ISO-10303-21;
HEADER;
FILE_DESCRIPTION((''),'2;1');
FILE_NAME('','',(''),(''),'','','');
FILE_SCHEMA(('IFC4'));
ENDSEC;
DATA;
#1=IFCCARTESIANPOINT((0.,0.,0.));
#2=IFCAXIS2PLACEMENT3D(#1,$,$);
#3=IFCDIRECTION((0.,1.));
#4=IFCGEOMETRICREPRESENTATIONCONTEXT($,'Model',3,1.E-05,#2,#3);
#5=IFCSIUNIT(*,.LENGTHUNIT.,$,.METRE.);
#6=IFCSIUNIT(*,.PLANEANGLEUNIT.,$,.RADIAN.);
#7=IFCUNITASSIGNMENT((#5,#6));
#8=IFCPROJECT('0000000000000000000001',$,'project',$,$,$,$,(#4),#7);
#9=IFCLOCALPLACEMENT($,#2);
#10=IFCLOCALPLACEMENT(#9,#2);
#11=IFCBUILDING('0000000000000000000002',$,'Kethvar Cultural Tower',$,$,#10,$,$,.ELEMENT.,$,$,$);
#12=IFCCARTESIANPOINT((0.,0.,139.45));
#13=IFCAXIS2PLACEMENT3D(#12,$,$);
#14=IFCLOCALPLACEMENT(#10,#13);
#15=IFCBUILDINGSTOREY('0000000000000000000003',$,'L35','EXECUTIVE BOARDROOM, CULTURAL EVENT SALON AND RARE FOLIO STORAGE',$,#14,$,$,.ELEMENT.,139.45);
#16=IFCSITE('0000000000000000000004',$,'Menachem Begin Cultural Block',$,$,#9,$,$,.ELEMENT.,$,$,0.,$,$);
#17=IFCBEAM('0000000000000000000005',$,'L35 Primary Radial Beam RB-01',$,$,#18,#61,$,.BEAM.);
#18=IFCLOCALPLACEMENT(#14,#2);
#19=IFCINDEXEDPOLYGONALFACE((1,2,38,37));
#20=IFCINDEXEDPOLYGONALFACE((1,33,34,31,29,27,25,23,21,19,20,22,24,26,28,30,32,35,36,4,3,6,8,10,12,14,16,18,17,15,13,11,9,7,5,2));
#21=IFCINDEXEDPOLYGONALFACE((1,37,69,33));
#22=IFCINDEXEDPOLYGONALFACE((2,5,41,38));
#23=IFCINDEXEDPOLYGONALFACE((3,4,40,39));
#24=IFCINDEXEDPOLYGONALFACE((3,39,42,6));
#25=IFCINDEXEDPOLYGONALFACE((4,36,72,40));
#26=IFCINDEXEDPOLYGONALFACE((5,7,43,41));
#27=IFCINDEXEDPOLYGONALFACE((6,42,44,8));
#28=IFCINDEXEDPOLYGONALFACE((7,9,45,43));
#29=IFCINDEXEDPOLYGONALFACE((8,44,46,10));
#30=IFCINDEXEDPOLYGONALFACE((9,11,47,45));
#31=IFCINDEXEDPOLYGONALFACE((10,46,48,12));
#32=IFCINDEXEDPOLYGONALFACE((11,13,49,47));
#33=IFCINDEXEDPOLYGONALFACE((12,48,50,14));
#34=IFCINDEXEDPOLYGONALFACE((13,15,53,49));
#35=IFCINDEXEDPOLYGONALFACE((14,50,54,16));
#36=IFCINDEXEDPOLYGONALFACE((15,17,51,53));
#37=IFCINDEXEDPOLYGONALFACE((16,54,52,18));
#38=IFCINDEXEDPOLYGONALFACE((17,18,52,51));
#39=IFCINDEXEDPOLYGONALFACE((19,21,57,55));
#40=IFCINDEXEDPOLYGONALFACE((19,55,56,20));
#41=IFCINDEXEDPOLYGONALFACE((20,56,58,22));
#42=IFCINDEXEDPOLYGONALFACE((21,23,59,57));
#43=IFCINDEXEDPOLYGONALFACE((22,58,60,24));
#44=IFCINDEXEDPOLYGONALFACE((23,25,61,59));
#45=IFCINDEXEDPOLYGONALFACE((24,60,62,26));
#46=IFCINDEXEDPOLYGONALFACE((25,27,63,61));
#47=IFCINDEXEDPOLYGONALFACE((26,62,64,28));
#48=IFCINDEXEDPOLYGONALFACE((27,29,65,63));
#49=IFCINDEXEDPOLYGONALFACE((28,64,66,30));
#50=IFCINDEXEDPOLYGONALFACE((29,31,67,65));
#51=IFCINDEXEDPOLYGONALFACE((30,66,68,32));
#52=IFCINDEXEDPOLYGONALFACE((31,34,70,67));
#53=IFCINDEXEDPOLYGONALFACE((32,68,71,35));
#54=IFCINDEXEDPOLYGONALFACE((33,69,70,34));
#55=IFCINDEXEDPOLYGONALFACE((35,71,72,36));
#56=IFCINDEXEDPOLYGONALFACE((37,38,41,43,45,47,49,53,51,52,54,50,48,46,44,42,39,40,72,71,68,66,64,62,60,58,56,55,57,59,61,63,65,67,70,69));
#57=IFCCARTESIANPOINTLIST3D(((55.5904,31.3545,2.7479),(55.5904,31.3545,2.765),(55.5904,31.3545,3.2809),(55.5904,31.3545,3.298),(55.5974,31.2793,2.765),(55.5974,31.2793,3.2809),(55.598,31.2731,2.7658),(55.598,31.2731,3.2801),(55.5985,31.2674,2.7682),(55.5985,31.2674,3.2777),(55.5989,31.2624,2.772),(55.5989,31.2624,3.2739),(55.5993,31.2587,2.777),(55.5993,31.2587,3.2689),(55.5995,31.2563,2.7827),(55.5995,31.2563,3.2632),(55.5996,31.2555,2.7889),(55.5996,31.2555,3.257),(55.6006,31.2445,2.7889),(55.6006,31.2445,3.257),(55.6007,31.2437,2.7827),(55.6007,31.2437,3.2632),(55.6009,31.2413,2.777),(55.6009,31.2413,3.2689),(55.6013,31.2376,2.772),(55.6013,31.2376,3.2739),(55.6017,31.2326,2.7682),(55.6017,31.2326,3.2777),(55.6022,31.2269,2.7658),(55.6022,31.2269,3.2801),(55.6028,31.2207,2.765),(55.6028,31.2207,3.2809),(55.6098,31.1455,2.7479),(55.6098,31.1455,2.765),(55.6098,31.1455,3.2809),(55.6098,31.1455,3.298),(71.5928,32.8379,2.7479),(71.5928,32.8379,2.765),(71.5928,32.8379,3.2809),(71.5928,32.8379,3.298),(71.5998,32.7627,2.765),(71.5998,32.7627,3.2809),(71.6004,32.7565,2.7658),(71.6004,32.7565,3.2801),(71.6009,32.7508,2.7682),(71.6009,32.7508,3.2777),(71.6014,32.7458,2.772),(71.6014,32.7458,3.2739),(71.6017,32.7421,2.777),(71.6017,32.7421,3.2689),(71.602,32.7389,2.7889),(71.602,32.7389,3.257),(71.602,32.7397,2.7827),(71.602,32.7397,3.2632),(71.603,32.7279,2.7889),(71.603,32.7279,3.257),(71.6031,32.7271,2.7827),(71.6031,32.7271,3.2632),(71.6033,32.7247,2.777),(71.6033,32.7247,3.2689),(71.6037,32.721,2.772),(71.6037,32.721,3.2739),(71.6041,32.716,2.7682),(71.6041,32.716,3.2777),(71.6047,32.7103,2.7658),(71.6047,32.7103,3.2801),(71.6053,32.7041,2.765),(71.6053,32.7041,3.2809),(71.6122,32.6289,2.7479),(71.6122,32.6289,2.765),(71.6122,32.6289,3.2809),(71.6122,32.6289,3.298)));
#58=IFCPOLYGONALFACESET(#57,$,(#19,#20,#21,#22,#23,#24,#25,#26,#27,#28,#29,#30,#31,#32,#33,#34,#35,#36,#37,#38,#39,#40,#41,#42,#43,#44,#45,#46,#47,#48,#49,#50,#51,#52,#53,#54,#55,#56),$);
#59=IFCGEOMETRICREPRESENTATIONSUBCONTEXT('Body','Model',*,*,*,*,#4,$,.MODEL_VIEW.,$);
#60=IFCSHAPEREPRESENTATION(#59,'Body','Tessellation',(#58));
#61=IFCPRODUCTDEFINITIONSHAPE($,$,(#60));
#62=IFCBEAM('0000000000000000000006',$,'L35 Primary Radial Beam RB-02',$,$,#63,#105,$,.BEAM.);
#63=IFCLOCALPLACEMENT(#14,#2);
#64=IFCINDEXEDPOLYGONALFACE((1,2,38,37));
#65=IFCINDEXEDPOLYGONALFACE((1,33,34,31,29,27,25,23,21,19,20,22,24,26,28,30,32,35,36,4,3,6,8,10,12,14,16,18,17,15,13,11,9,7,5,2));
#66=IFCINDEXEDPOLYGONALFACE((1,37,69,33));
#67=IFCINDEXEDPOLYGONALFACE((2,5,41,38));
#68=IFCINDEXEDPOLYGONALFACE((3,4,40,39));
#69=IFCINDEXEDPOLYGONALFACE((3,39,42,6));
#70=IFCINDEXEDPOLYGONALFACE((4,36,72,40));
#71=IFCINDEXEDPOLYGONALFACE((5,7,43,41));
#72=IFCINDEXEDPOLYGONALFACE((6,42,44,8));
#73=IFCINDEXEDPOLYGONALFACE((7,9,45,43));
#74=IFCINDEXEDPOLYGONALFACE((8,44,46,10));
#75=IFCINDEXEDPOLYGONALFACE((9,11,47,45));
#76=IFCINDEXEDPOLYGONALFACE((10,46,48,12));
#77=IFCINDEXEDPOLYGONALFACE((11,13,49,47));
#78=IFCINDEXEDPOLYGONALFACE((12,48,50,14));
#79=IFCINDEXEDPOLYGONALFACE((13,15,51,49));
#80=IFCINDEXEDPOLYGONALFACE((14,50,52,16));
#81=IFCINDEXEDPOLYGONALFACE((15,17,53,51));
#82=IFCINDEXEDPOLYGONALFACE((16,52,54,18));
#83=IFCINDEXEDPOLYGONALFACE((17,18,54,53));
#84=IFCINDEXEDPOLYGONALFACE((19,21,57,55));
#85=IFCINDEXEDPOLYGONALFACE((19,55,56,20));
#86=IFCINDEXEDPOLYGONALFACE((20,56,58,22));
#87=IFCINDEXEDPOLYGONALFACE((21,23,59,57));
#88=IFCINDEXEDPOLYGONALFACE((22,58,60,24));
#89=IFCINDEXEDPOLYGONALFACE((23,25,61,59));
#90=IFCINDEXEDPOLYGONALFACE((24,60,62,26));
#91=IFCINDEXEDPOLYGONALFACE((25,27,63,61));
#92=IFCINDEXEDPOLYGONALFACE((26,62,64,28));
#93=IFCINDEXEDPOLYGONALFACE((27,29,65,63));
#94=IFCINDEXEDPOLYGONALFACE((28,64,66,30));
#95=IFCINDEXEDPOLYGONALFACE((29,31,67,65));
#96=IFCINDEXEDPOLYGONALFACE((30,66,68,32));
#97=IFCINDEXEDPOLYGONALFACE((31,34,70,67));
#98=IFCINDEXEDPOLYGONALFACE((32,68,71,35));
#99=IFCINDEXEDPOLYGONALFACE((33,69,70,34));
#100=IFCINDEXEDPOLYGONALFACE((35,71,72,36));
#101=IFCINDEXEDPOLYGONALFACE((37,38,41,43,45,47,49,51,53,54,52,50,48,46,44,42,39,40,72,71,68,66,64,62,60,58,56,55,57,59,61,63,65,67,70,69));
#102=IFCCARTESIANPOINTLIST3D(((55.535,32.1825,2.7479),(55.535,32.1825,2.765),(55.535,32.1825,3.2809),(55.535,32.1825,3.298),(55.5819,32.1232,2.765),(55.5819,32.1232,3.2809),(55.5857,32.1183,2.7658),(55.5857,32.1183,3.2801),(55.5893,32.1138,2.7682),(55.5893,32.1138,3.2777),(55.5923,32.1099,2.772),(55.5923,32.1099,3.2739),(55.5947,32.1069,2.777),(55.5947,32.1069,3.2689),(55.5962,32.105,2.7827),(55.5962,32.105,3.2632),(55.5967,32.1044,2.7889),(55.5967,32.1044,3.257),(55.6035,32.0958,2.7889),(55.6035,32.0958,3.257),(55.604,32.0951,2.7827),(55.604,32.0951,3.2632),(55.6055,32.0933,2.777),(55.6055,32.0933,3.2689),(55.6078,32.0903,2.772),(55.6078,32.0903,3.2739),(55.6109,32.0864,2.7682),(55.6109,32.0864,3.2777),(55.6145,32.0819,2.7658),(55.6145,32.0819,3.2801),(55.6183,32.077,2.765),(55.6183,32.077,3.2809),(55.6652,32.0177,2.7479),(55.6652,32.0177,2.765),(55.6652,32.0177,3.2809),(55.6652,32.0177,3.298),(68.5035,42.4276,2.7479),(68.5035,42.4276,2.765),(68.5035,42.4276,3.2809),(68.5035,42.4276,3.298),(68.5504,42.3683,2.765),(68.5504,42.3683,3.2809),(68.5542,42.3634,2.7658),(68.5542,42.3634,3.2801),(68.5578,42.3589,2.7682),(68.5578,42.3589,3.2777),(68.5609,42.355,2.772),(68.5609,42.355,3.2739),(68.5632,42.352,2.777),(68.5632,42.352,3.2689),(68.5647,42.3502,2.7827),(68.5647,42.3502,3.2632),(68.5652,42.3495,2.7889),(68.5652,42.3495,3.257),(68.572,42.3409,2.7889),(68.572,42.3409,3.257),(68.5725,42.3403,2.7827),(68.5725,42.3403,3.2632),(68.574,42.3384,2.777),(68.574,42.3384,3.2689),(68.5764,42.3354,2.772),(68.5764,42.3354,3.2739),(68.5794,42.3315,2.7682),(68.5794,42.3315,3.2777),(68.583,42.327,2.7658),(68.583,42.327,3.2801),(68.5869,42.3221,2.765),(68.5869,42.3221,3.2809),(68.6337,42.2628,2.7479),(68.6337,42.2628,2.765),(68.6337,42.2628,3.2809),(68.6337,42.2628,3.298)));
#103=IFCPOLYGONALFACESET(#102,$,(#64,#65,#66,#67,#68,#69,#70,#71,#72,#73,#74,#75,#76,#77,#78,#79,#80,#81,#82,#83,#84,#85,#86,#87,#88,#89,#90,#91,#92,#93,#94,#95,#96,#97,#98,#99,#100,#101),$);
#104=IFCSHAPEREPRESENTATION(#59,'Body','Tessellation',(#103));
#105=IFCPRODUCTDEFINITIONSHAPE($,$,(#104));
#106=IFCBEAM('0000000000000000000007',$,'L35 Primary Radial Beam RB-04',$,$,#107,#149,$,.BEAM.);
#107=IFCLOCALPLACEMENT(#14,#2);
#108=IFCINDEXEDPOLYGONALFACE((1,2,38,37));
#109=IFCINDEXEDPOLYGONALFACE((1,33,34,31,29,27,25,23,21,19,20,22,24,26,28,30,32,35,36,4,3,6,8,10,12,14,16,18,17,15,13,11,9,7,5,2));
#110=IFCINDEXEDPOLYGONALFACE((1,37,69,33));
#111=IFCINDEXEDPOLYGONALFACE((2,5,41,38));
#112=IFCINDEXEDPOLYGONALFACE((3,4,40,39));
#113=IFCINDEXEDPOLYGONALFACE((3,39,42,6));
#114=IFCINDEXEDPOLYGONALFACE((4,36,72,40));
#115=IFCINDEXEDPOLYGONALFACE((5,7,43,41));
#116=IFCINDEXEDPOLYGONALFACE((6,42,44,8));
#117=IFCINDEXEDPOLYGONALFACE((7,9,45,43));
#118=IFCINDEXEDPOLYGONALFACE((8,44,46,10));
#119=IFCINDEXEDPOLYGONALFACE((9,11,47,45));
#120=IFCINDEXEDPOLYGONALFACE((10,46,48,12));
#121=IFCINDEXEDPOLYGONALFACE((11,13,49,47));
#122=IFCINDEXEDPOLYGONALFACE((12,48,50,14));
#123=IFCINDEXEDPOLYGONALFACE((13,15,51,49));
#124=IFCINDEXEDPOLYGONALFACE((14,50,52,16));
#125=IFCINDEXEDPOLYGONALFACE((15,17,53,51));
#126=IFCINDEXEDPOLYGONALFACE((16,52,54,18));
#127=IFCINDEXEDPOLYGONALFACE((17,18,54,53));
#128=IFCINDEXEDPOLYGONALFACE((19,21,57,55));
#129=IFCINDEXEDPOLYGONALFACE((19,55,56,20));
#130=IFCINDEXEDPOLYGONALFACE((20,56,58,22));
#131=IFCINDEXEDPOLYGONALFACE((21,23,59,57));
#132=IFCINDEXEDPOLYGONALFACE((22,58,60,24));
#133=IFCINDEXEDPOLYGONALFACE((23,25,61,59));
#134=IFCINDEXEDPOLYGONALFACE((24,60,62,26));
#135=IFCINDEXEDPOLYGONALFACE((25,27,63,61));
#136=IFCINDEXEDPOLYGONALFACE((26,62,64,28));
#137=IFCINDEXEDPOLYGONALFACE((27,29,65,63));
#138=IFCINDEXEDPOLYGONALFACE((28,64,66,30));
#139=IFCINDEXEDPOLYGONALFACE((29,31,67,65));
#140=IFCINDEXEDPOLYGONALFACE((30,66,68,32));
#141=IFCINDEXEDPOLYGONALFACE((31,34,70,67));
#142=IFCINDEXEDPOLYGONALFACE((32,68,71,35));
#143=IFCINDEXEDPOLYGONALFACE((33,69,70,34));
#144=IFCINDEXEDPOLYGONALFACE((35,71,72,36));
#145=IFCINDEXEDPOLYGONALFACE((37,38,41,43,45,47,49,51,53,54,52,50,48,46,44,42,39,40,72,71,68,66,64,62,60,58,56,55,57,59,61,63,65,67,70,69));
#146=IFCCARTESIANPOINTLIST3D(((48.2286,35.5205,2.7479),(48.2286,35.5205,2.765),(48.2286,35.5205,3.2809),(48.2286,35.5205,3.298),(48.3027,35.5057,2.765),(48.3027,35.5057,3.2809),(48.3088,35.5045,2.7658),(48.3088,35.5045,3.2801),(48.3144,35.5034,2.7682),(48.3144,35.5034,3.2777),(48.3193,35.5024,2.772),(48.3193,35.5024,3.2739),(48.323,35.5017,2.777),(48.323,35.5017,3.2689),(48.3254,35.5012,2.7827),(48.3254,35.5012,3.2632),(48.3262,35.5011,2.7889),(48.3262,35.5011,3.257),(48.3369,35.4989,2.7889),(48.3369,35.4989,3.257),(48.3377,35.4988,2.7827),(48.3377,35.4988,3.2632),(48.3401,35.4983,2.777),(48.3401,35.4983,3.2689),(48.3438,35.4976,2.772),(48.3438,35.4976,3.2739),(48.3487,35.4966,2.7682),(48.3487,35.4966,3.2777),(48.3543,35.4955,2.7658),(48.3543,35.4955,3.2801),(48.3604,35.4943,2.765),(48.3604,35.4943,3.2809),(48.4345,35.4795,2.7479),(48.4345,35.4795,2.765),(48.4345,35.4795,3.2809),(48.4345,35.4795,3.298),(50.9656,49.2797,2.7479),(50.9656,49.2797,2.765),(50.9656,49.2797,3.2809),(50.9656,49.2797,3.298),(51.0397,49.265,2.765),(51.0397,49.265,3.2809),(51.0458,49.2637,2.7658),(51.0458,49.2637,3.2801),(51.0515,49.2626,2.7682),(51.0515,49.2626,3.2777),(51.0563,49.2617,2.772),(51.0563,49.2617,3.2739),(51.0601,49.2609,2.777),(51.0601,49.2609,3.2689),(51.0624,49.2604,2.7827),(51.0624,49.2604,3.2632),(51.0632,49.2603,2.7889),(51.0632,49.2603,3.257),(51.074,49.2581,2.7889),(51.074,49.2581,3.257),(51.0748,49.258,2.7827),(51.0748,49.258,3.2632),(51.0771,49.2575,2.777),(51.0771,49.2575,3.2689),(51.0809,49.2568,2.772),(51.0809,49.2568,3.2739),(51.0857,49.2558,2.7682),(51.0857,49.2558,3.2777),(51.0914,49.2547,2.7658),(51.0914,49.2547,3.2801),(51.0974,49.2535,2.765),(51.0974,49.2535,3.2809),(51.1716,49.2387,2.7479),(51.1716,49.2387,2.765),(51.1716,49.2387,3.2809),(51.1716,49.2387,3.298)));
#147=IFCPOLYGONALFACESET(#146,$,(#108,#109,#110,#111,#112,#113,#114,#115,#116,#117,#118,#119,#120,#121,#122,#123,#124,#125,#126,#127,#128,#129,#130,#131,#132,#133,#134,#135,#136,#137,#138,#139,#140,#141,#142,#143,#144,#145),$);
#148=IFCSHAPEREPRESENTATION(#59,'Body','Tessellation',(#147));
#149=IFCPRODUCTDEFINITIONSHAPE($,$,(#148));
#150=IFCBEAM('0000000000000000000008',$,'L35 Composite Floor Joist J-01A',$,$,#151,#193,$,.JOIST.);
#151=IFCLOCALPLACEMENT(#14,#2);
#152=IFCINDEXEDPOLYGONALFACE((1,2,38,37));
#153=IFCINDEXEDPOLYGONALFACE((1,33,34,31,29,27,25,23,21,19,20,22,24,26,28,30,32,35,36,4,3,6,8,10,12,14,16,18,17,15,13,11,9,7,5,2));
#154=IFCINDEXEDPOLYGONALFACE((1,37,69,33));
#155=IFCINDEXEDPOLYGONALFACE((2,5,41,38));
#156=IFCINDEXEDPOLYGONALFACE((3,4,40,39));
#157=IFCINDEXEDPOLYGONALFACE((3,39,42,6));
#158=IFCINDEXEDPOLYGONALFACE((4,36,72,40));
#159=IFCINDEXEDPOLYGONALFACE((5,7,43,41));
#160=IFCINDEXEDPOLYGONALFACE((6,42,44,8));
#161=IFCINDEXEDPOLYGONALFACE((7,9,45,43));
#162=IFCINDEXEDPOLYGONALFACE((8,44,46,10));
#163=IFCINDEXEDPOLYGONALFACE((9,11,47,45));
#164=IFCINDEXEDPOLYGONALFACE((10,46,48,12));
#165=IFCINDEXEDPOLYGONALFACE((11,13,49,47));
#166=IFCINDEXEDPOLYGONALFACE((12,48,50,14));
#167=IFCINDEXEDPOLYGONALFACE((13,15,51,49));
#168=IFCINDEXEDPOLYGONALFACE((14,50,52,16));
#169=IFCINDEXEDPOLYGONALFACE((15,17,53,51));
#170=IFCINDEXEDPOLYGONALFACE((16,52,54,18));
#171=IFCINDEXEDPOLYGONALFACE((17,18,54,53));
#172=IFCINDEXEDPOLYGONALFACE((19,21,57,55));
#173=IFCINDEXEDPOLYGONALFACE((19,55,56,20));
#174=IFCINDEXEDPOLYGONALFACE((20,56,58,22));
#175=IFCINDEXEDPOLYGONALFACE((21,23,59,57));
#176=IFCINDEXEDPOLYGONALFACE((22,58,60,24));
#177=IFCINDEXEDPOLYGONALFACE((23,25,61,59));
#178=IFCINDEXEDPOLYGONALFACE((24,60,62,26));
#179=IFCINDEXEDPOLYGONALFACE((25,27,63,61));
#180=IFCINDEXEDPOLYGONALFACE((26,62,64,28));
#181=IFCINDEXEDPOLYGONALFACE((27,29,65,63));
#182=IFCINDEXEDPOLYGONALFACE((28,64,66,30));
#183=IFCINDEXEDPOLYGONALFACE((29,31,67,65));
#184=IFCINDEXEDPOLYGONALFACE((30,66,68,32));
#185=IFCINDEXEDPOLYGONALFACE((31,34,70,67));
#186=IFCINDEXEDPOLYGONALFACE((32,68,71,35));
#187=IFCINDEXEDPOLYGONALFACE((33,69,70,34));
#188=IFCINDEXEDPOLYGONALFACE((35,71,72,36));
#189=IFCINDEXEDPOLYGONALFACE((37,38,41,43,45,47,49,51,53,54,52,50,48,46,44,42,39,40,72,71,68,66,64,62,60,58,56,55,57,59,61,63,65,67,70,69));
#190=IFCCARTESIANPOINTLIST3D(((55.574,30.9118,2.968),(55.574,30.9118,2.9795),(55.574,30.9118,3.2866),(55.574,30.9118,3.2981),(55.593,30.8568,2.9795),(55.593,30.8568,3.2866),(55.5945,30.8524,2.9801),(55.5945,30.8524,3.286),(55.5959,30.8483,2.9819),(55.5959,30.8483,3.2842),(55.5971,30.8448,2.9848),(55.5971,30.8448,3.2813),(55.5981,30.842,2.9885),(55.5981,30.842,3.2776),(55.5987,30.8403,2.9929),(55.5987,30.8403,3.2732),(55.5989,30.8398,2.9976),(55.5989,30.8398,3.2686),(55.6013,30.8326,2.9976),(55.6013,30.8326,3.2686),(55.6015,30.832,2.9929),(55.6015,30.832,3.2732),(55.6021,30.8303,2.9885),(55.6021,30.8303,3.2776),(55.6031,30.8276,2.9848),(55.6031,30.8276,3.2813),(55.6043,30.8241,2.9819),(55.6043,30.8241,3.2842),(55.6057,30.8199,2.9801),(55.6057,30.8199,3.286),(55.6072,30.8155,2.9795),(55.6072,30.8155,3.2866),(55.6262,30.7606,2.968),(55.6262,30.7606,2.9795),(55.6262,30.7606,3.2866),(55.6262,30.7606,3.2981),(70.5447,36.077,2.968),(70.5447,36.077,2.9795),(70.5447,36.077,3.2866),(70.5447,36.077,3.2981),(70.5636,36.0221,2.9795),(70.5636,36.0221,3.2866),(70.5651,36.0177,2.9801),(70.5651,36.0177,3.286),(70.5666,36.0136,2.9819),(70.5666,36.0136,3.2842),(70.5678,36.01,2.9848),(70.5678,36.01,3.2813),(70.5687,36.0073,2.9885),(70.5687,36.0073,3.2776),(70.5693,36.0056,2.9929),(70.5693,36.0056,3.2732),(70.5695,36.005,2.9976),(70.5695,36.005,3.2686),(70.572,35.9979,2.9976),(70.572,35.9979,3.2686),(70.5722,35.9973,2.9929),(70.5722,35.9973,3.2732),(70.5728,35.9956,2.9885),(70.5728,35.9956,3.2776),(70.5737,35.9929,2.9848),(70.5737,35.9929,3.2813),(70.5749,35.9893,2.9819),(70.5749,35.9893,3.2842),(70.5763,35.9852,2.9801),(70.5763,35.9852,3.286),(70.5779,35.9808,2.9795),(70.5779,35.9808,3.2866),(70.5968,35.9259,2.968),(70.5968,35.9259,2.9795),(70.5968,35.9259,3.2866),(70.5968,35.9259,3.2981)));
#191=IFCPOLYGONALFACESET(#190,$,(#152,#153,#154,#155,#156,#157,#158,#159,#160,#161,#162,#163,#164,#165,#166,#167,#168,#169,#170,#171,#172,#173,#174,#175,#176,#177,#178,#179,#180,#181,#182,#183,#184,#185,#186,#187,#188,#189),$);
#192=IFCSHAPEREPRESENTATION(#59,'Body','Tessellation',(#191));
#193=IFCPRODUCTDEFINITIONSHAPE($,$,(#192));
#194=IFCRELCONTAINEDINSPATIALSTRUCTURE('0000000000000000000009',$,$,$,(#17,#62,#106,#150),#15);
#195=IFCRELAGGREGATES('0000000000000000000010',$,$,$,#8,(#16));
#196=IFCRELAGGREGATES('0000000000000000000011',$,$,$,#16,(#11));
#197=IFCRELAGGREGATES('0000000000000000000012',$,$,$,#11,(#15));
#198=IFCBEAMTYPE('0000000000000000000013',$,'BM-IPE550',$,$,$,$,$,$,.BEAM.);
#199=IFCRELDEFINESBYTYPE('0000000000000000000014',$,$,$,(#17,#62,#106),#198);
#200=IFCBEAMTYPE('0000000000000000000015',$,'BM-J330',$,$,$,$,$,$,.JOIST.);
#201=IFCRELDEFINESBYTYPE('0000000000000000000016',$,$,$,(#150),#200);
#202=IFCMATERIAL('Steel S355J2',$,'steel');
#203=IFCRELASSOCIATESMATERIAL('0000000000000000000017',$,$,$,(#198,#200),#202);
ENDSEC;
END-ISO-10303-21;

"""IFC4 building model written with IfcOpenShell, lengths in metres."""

from ifc_helpers import new_model, si_unit, direction, frame, origin, origin_2d, place, context, subcontext, project, spatial, i_section, extrude, source, transform, mapped, material, material_profile, profile_set, type_object, element, save


model = new_model("IFC4")

# Units and contexts
model_context = context("Model", 3, precision=1e-05, world=origin(), true_north=direction((0.0, 1.0)))
body_context = subcontext(model_context, "Body", "Model", "MODEL_VIEW")
ifc_project = project(units=[si_unit("LENGTHUNIT", "METRE"), si_unit("PLANEANGLEUNIT", "RADIAN")], contexts=[model_context])

# Site, building, storey
site_placement = place(None, origin())
site = spatial("IfcSite", under=ifc_project, at=site_placement, Name="Menachem Begin Cultural Block", CompositionType="ELEMENT", RefElevation=0.0)
building_placement = place(site_placement, origin())
building = spatial("IfcBuilding", under=site, at=building_placement, Name="Kethvar Cultural Tower", CompositionType="ELEMENT")
storey_placement = place(building_placement, frame((0.0, 0.0, 139.45)))
storey = spatial("IfcBuildingStorey", under=building, at=storey_placement, Name="L35", Description="EXECUTIVE BOARDROOM, CULTURAL EVENT SALON AND RARE FOLIO STORAGE", CompositionType="ELEMENT", Elevation=139.45)

# Beams
ifc_material_1 = material(Name="Steel S355J2", Category="steel")
ifc_material_profile_1 = material_profile(ifc_material_1, i_section(OverallWidth=0.21, OverallDepth=0.55, WebThickness=0.011, FlangeThickness=0.0171, FilletRadius=0.0239, at=origin_2d()), Name="Steel S355J2 — IPE550")
ifc_profile_set_1 = profile_set([ifc_material_profile_1], Name="Steel S355J2 — IPE550")
beam_type_1 = type_object("IfcBeamType", Name="BM-IPE550", PredefinedType="BEAM", material=ifc_profile_set_1)
shared_shape_1 = source(origin(), body_context, "Body", "SweptSolid", [
    extrude(i_section(OverallWidth=0.21, OverallDepth=0.55, WebThickness=0.011, FlangeThickness=0.0171, FilletRadius=0.0239, at=origin_2d()), origin(), (0.0, 0.0, 1.0), 16.071),
])
beam_1_placement = place(storey_placement, frame((55.6001, 31.25, 3.0229), z_axis=(0.995731, 0.092303, 0.0), x_axis=(-0.092303, 0.995731, 0.0)))
element("IfcBeam", 1, at=beam_1_placement, inside=storey, type_object=beam_type_1, Name="L35 Primary Radial Beam RB-01", PredefinedType="BEAM", context=body_context, shape_type="MappedRepresentation", body=[
    mapped(shared_shape_1, transform((0.0, 0.0, 0.0), scale=1.0)),
])
shared_shape_2 = source(origin(), body_context, "Body", "SweptSolid", [
    extrude(i_section(OverallWidth=0.21, OverallDepth=0.55, WebThickness=0.011, FlangeThickness=0.0171, FilletRadius=0.0239, at=origin_2d()), origin(), (0.0, 0.0, 1.0), 16.5271),
])
beam_2_placement = place(storey_placement, frame((55.6001, 32.1001, 3.0229), z_axis=(0.784682, 0.619899, 0.0), x_axis=(-0.619899, 0.784682, 0.0)))
element("IfcBeam", 2, at=beam_2_placement, inside=storey, type_object=beam_type_1, Name="L35 Primary Radial Beam RB-02", PredefinedType="BEAM", context=body_context, shape_type="MappedRepresentation", body=[
    mapped(shared_shape_2, transform((0.0, 0.0, 0.0), scale=1.0)),
])
shared_shape_3 = source(origin(), body_context, "Body", "SweptSolid", [
    extrude(i_section(OverallWidth=0.21, OverallDepth=0.55, WebThickness=0.011, FlangeThickness=0.0171, FilletRadius=0.0239, at=origin_2d()), origin(), (0.0, 0.0, 1.0), 14.0288),
])
beam_3_placement = place(storey_placement, frame((48.3315, 35.5, 3.0229), z_axis=(0.195102, 0.980783, 0.0), x_axis=(-0.980783, 0.195102, 0.0)))
element("IfcBeam", 3, at=beam_3_placement, inside=storey, type_object=beam_type_1, Name="L35 Primary Radial Beam RB-04", PredefinedType="BEAM", context=body_context, shape_type="MappedRepresentation", body=[
    mapped(shared_shape_3, transform((0.0, 0.0, 0.0), scale=1.0)),
])
ifc_material_profile_2 = material_profile(ifc_material_1, i_section(OverallWidth=0.1599, OverallDepth=0.3301, WebThickness=0.0076, FlangeThickness=0.0115, FilletRadius=0.0181, at=origin_2d()), Name="Steel S355J2 — IPE330")
ifc_profile_set_2 = profile_set([ifc_material_profile_2], Name="Steel S355J2 — IPE330")
beam_type_2 = type_object("IfcBeamType", Name="BM-J330", PredefinedType="JOIST", material=ifc_profile_set_2)
shared_shape_4 = source(origin(), body_context, "Body", "SweptSolid", [
    extrude(i_section(OverallWidth=0.1599, OverallDepth=0.3301, WebThickness=0.0076, FlangeThickness=0.0115, FilletRadius=0.0181, at=origin_2d()), origin(), (0.0, 0.0, 1.0), 15.8367),
])
beam_4_placement = place(storey_placement, frame((55.6001, 30.8362, 3.1331), z_axis=(0.945315, 0.326158, 0.0), x_axis=(-0.326158, 0.945315, 0.0)))
element("IfcBeam", 4, at=beam_4_placement, inside=storey, type_object=beam_type_2, Name="L35 Composite Floor Joist J-01A", PredefinedType="JOIST", context=body_context, shape_type="MappedRepresentation", body=[
    mapped(shared_shape_4, transform((0.0, 0.0, 0.0), scale=1.0)),
])

save(model, "model.ifc")
